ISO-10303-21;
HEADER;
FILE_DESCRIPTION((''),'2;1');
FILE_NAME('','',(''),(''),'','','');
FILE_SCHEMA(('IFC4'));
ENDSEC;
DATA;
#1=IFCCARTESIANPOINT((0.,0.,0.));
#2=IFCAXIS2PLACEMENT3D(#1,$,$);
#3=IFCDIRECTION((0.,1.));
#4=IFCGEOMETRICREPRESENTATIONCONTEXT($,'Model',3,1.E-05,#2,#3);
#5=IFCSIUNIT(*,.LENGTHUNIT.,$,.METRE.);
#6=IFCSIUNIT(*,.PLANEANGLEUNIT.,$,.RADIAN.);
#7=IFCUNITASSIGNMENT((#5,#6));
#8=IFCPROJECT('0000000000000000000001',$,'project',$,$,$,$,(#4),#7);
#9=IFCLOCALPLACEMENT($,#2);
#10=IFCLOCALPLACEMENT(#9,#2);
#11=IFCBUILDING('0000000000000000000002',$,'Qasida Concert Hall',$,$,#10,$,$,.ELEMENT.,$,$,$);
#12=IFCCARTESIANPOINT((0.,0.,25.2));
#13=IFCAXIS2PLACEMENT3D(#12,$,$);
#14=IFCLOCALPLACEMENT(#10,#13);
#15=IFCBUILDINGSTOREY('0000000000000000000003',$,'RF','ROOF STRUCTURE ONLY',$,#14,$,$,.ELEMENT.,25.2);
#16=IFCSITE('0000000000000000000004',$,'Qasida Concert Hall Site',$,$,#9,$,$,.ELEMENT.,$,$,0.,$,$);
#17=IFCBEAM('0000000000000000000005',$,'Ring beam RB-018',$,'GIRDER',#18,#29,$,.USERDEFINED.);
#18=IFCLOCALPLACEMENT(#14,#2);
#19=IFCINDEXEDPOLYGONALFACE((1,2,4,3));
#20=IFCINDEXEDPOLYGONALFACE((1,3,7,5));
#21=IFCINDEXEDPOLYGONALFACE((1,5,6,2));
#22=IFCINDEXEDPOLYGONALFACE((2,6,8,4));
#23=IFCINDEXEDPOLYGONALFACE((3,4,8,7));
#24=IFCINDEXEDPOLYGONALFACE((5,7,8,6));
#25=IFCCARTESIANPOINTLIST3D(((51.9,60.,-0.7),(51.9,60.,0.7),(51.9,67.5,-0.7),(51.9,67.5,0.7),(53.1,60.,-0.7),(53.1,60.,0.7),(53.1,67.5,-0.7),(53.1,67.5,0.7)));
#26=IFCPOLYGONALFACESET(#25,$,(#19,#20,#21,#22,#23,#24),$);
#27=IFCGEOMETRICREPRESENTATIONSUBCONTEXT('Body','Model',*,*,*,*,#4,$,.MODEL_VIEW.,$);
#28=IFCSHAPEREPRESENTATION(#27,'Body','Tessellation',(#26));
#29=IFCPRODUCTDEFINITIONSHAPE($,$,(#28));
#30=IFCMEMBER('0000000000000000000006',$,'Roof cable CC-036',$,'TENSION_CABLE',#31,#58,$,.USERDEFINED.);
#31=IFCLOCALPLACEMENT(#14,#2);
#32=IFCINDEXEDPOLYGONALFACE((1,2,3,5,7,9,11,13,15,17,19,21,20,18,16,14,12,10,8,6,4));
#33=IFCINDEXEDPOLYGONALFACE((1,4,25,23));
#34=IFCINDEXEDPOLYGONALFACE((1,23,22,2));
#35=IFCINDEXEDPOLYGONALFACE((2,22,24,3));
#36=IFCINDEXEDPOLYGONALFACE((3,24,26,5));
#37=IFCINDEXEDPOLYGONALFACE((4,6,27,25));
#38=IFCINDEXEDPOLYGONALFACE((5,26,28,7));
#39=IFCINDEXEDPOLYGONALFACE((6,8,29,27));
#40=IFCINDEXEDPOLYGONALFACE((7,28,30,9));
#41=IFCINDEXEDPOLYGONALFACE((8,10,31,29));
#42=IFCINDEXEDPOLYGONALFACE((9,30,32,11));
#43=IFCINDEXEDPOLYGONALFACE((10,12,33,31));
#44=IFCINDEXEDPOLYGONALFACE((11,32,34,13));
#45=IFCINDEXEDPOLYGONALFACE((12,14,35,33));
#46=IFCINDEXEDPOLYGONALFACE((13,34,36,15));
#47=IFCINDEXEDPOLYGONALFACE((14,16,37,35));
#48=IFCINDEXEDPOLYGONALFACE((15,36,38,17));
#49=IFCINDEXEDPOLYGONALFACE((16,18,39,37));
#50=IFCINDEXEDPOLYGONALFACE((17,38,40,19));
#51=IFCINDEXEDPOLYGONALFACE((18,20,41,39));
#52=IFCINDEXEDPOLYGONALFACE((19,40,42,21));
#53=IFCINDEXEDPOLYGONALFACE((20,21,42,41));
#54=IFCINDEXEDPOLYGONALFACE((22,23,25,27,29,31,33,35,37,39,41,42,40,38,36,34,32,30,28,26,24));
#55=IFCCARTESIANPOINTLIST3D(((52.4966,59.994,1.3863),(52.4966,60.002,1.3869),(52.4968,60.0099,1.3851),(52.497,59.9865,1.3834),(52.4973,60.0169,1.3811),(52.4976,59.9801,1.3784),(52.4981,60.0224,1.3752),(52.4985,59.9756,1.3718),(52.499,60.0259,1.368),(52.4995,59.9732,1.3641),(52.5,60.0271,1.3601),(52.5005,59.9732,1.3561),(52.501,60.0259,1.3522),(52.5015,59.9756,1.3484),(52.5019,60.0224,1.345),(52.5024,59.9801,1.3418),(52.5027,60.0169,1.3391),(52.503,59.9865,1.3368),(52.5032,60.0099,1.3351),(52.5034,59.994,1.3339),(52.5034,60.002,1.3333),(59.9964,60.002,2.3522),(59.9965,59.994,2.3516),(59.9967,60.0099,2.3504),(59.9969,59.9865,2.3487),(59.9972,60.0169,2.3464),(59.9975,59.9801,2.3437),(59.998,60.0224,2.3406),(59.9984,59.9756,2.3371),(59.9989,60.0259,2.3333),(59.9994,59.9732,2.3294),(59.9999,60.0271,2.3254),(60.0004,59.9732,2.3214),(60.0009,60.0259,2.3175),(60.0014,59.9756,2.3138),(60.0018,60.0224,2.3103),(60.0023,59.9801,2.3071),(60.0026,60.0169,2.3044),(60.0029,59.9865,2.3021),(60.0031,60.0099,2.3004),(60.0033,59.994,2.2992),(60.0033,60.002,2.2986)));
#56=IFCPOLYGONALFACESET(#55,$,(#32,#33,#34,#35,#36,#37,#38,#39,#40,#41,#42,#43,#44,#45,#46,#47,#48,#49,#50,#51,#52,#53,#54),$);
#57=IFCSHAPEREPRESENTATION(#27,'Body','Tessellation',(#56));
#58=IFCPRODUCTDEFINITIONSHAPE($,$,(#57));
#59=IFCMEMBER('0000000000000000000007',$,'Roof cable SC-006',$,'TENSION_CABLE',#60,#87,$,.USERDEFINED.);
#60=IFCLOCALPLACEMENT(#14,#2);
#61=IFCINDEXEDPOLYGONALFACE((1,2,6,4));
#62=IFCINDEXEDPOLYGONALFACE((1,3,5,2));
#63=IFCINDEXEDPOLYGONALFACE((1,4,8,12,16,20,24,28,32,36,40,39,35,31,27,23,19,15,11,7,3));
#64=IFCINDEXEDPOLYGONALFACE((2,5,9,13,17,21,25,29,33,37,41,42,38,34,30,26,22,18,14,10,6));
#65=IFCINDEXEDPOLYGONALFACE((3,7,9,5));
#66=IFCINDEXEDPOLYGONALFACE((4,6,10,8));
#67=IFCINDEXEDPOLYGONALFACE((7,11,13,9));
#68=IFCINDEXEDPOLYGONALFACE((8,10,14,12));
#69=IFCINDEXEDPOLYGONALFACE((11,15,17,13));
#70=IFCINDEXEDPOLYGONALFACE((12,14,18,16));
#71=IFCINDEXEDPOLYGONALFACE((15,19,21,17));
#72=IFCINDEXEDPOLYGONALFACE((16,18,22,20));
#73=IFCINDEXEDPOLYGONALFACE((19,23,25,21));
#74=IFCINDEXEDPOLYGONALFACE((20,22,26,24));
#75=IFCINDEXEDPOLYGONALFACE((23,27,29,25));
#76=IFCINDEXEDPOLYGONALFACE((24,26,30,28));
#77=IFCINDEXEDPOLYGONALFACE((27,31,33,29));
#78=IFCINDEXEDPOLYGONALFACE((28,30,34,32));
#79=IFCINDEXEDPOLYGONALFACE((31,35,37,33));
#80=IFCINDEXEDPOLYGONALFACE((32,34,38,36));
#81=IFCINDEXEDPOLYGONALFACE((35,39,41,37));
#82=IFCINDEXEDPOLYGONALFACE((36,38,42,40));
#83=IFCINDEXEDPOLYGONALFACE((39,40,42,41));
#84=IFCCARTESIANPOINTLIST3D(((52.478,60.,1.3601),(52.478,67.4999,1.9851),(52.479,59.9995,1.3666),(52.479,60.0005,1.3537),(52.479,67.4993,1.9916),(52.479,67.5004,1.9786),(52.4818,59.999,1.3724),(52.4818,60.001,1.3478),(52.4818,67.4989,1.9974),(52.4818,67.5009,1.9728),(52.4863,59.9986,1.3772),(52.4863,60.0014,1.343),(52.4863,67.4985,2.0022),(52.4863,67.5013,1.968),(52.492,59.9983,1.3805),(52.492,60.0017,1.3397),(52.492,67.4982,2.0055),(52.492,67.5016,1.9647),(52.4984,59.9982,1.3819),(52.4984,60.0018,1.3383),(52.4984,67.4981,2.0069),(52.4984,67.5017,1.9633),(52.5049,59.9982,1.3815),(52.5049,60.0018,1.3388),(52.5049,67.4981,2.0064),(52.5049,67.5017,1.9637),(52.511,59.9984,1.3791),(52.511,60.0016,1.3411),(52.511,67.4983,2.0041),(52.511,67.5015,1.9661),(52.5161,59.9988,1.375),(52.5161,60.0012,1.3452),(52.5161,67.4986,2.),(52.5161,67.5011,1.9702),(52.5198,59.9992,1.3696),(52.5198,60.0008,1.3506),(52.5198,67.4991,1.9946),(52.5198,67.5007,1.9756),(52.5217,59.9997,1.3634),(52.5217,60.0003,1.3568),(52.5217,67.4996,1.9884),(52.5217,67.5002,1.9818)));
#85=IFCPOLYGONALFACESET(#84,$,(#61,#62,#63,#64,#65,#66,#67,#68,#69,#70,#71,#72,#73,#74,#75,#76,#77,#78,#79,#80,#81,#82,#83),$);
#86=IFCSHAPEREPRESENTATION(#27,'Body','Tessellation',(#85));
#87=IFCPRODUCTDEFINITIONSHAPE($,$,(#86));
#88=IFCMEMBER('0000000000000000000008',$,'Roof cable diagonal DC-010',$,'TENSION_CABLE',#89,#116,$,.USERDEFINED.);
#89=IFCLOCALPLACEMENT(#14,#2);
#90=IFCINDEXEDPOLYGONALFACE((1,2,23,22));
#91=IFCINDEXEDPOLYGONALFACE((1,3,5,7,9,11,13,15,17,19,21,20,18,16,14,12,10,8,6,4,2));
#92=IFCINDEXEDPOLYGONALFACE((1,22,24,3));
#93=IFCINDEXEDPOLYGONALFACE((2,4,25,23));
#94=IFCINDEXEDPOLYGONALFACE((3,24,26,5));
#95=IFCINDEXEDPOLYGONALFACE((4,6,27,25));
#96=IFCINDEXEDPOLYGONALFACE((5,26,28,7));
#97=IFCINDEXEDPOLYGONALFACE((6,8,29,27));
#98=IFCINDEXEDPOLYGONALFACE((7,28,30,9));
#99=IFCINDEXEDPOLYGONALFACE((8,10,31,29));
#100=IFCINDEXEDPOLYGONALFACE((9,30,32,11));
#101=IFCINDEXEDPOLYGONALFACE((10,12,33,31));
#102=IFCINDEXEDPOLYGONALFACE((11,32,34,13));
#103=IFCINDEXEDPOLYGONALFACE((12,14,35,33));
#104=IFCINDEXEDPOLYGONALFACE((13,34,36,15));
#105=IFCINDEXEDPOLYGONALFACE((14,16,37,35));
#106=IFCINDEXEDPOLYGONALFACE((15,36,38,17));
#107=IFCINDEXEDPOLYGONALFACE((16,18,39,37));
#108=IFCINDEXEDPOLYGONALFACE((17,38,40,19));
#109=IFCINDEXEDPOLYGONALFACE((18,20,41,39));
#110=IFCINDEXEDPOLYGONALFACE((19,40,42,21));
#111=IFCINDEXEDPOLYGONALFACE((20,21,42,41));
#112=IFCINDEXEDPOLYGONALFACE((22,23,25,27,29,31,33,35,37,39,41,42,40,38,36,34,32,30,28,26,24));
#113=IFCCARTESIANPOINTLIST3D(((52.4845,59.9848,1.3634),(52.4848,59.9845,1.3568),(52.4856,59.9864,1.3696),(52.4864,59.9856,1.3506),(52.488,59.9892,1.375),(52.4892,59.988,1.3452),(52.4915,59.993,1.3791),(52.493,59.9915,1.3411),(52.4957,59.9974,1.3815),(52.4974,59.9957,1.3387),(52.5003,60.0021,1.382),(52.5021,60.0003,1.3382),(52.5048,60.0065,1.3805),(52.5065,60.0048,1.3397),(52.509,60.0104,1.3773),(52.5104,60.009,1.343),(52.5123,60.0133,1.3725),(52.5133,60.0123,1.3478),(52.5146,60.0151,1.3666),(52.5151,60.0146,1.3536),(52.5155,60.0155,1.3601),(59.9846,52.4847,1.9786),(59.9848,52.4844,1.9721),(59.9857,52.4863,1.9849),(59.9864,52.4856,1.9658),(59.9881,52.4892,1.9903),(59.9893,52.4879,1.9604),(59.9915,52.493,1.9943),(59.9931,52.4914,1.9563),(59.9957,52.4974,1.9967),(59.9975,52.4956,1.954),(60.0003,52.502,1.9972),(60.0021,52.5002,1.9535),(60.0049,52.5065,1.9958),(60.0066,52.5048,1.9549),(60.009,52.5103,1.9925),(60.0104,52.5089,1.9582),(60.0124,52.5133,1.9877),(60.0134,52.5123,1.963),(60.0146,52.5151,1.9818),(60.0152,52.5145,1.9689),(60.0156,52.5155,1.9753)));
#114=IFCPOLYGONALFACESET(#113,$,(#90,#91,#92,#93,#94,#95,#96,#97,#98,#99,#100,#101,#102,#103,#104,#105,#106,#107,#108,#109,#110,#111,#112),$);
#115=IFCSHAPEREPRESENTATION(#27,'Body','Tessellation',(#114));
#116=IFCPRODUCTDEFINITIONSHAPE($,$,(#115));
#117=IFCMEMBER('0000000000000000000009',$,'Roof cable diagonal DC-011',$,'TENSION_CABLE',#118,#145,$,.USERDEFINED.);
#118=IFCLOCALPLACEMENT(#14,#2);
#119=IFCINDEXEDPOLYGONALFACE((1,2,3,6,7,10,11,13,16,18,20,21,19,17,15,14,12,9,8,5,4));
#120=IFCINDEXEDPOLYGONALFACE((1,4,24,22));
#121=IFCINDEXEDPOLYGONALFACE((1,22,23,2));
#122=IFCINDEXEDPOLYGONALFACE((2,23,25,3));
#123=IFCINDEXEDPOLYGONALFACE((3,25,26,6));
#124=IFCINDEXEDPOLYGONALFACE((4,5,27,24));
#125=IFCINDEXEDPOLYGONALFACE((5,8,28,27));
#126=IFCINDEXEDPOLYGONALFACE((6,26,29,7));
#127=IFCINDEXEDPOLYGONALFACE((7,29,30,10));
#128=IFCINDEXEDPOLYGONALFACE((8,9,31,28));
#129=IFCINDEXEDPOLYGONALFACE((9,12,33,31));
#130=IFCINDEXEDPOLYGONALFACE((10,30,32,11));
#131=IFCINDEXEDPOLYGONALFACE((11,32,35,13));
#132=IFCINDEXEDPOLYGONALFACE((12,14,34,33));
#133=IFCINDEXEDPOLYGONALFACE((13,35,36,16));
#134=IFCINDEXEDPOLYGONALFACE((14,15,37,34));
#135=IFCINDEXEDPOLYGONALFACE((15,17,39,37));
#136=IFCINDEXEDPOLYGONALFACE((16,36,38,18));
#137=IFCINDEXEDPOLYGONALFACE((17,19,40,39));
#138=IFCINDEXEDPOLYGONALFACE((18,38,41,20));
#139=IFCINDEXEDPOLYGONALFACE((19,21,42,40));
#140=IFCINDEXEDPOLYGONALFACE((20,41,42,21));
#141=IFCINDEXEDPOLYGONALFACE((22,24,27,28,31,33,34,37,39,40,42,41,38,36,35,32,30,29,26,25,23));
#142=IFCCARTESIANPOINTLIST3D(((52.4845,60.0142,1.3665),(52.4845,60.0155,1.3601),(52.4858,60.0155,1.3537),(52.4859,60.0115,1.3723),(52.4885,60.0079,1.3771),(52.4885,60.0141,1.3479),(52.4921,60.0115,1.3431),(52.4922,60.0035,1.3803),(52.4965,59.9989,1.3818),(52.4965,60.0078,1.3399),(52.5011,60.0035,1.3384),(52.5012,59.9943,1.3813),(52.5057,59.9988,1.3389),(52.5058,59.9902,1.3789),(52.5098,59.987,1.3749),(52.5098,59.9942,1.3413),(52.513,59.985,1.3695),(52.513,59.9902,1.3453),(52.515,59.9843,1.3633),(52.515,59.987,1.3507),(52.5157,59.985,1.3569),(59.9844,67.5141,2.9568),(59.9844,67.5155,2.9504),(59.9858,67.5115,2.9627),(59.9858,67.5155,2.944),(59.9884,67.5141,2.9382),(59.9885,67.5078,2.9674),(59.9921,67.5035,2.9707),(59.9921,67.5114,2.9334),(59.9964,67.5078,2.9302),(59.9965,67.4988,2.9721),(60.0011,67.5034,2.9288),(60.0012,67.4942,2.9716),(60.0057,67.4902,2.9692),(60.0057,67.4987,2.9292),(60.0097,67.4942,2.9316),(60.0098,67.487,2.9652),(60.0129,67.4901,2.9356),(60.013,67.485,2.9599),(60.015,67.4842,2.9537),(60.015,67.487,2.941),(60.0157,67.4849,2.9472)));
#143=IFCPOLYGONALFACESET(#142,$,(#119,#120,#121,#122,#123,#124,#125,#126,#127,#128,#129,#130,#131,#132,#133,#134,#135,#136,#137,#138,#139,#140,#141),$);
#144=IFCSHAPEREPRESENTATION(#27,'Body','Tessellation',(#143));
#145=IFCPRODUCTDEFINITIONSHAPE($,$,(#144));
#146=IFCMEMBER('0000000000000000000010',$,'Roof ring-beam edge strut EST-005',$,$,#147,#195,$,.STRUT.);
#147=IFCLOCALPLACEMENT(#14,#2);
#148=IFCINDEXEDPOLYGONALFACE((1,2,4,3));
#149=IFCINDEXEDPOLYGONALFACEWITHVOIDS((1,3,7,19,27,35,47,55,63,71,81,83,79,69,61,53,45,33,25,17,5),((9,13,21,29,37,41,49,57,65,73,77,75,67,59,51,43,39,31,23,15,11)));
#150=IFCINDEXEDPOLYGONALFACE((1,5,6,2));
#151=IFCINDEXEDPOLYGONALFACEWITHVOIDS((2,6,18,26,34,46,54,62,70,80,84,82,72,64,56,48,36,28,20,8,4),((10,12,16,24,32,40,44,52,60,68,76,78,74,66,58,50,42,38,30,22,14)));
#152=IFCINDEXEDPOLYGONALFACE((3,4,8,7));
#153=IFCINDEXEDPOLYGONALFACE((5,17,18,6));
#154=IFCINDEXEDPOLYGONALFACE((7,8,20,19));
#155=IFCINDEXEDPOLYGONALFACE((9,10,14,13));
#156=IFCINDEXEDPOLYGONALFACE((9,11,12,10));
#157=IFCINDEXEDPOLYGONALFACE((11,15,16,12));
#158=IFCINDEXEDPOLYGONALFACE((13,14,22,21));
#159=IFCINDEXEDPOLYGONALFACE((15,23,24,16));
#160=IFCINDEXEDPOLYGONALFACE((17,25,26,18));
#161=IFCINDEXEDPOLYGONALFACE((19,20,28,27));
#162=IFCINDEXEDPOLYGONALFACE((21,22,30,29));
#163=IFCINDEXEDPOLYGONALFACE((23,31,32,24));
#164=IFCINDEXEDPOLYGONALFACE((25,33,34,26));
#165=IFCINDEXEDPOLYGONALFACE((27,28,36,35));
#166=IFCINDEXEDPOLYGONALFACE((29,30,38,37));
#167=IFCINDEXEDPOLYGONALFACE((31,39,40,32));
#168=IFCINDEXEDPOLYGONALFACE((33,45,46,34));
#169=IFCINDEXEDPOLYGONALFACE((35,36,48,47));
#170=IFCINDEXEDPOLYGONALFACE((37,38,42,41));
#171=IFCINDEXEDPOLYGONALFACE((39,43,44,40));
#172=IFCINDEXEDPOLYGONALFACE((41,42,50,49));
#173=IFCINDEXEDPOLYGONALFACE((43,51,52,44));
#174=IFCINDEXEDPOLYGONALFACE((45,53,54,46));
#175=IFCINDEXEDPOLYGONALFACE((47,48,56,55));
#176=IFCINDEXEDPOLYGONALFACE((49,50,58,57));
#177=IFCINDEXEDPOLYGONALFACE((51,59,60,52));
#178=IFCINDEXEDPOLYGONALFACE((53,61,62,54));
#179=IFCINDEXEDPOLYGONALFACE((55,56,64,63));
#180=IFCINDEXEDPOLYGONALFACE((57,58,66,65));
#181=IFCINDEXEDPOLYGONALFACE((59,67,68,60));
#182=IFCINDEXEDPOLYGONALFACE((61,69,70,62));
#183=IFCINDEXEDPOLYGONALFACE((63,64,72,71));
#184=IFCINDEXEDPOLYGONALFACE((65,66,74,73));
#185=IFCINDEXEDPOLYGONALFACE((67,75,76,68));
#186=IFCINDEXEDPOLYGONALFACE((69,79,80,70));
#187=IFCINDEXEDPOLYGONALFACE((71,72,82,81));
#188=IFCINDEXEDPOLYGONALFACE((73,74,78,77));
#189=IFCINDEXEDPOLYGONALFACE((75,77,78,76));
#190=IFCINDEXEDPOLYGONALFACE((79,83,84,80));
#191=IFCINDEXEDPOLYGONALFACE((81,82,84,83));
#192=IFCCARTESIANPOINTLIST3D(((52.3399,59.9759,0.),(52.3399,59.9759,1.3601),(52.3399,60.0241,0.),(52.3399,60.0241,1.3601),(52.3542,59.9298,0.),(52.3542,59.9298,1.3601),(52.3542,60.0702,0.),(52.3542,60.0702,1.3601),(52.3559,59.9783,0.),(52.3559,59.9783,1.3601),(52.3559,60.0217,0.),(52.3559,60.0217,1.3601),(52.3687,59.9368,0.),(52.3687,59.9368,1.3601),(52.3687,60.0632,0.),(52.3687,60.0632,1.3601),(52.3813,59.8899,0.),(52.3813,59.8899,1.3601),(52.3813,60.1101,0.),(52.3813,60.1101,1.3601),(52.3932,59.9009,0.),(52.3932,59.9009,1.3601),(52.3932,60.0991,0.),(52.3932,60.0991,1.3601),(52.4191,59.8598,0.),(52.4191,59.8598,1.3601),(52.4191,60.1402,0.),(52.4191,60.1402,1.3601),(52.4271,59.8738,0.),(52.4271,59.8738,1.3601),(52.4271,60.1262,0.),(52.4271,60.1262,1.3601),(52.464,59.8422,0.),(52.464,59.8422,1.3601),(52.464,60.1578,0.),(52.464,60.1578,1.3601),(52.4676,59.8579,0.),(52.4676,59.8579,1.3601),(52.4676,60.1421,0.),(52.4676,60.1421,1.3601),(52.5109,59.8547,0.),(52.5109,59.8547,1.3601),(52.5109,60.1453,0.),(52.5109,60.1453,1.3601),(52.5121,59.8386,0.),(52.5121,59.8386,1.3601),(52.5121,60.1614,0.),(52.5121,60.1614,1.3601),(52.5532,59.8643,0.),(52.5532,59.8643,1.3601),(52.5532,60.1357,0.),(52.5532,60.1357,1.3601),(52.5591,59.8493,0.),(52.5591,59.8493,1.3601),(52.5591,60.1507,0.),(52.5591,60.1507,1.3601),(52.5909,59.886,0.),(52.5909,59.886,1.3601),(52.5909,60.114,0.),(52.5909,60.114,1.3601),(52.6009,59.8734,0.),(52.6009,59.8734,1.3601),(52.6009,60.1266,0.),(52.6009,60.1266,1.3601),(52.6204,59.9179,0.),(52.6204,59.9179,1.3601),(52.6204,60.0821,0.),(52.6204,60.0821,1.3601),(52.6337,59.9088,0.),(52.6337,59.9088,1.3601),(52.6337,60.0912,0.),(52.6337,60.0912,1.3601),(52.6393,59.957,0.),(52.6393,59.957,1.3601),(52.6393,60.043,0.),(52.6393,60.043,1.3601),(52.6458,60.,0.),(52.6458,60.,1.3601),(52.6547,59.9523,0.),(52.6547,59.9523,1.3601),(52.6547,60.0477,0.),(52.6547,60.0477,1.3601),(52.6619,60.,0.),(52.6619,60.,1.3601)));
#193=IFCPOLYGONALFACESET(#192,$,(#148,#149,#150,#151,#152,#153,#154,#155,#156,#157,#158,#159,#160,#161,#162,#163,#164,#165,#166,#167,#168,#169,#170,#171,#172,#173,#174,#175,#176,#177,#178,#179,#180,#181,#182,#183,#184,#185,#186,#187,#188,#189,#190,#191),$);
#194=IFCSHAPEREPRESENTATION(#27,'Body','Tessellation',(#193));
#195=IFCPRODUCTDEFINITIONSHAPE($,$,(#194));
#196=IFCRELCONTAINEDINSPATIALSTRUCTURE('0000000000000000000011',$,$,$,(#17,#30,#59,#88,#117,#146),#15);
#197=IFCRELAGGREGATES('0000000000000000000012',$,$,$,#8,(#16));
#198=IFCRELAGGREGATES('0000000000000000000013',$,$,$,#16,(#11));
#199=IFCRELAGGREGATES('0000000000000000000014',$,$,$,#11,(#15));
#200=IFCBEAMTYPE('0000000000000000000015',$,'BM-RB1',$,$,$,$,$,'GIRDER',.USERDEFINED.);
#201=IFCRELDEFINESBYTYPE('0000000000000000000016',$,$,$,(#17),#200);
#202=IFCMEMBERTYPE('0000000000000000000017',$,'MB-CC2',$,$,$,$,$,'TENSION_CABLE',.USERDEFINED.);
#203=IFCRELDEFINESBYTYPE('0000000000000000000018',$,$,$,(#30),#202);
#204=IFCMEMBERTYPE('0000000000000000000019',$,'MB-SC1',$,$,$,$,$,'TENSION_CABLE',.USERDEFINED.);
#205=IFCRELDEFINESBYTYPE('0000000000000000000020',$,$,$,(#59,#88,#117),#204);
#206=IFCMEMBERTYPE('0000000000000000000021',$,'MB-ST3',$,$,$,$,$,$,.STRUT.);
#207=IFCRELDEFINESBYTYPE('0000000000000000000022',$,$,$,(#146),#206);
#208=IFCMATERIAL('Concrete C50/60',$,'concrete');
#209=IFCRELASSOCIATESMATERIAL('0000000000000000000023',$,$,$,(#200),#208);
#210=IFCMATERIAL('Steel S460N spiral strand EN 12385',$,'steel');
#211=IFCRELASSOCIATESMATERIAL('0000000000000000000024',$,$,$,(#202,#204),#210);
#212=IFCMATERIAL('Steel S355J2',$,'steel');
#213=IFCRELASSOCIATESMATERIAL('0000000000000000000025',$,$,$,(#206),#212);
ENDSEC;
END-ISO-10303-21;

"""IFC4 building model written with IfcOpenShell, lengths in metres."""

from ifc_helpers import new_model, si_unit, direction, frame, origin, origin_2d, place, context, subcontext, project, spatial, rectangle, circle, hollow_circle, extrude, material, material_profile, profile_set, type_object, element, save


model = new_model("IFC4")

# Units and contexts
model_context = context("Model", 3, precision=1e-05, world=origin(), true_north=direction((0.0, 1.0)))
body_context = subcontext(model_context, "Body", "Model", "MODEL_VIEW")
ifc_project = project(units=[si_unit("LENGTHUNIT", "METRE"), si_unit("PLANEANGLEUNIT", "RADIAN")], contexts=[model_context])

# Site, building, storey
site_placement = place(None, origin())
site = spatial("IfcSite", under=ifc_project, at=site_placement, Name="Qasida Concert Hall Site", CompositionType="ELEMENT", RefElevation=0.0)
building_placement = place(site_placement, origin())
building = spatial("IfcBuilding", under=site, at=building_placement, Name="Qasida Concert Hall", CompositionType="ELEMENT")
storey_placement = place(building_placement, frame((0.0, 0.0, 25.2)))
storey = spatial("IfcBuildingStorey", under=building, at=storey_placement, Name="RF", Description="ROOF STRUCTURE ONLY", CompositionType="ELEMENT", Elevation=25.2)

# Beam
ifc_material_1 = material(Name="Concrete C50/60", Category="concrete")
ifc_material_profile_1 = material_profile(ifc_material_1, rectangle(XDim=1.2, YDim=1.3999, at=origin_2d()), Name="RC 1200x1400")
ifc_profile_set_1 = profile_set([ifc_material_profile_1], Name="Concrete C50/60")
beam_type = type_object("IfcBeamType", Name="BM-RB1", ElementType="GIRDER", PredefinedType="USERDEFINED", material=ifc_profile_set_1)
beam_placement = place(storey_placement, frame((52.5, 60.0, 0.0), z_axis=(0.0, 1.0, 0.0), x_axis=(-1.0, 0.0, 0.0)))
element("IfcBeam", 1, at=beam_placement, inside=storey, type_object=beam_type, Name="Ring beam RB-018", ObjectType="GIRDER", PredefinedType="USERDEFINED", context=body_context, shape_type="SweptSolid", body=[
    extrude(rectangle(XDim=1.2, YDim=1.3999, at=origin_2d()), origin(), (0.0, 0.0, 1.0), 7.5),
])

# Members
ifc_material_2 = material(Name="Steel S460N spiral strand EN 12385", Category="steel")
ifc_material_profile_2 = material_profile(ifc_material_2, circle(Radius=0.0271, at=origin_2d()), Name="STRAND D54")
ifc_profile_set_2 = profile_set([ifc_material_profile_2], Name="Steel S460N spiral strand EN 12385")
member_type_1 = type_object("IfcMemberType", Name="MB-CC2", ElementType="TENSION_CABLE", PredefinedType="USERDEFINED", material=ifc_profile_set_2)
member_1_placement = place(storey_placement, frame((52.5, 60.0, 1.3601), z_axis=(0.991818, 0.0, 0.127658), x_axis=(0.0, 1.0, 0.0)))
element("IfcMember", 2, at=member_1_placement, inside=storey, type_object=member_type_1, Name="Roof cable CC-036", ObjectType="TENSION_CABLE", PredefinedType="USERDEFINED", context=body_context, shape_type="SweptSolid", body=[
    extrude(circle(Radius=0.0271, at=origin_2d()), origin(), (0.0, 0.0, 1.0), 7.5618),
])
ifc_material_profile_3 = material_profile(ifc_material_2, circle(Radius=0.022, at=origin_2d()), Name="STRAND D44")
ifc_profile_set_3 = profile_set([ifc_material_profile_3], Name="Steel S460N spiral strand EN 12385")
member_type_2 = type_object("IfcMemberType", Name="MB-SC1", ElementType="TENSION_CABLE", PredefinedType="USERDEFINED", material=ifc_profile_set_3)
member_2_placement = place(storey_placement, frame((52.5, 60.0, 1.3601), z_axis=(0.0, 0.996546, 0.083045), x_axis=(-1.0, 0.0, 0.0)))
element("IfcMember", 3, at=member_2_placement, inside=storey, type_object=member_type_2, Name="Roof cable SC-006", ObjectType="TENSION_CABLE", PredefinedType="USERDEFINED", context=body_context, shape_type="SweptSolid", body=[
    extrude(circle(Radius=0.022, at=origin_2d()), origin(), (0.0, 0.0, 1.0), 7.5259),
])
member_3_placement = place(storey_placement, frame((52.5, 60.0, 1.3601), z_axis=(0.70592, -0.70592, 0.057908), x_axis=(0.707107, 0.707107, 0.0)))
element("IfcMember", 4, at=member_3_placement, inside=storey, type_object=member_type_2, Name="Roof cable diagonal DC-010", ObjectType="TENSION_CABLE", PredefinedType="USERDEFINED", context=body_context, shape_type="SweptSolid", body=[
    extrude(circle(Radius=0.022, at=origin_2d()), origin(), (0.0, 0.0, 1.0), 10.6245),
])
member_4_placement = place(storey_placement, frame((52.5, 60.0, 1.3601), z_axis=(0.69929, 0.69929, 0.14828), x_axis=(-0.707107, 0.707107, 0.0)))
element("IfcMember", 5, at=member_4_placement, inside=storey, type_object=member_type_2, Name="Roof cable diagonal DC-011", ObjectType="TENSION_CABLE", PredefinedType="USERDEFINED", context=body_context, shape_type="SweptSolid", body=[
    extrude(circle(Radius=0.022, at=origin_2d()), origin(), (0.0, 0.0, 1.0), 10.7251),
])
ifc_material_3 = material(Name="Steel S355J2", Category="steel")
ifc_material_profile_4 = material_profile(ifc_material_3, hollow_circle(Radius=0.1619, WallThickness=0.0161, at=origin_2d()), Name="CHS 323.9x16")
ifc_profile_set_4 = profile_set([ifc_material_profile_4], Name="Steel S355J2")
member_type_3 = type_object("IfcMemberType", Name="MB-ST3", PredefinedType="STRUT", material=ifc_profile_set_4)
member_5_placement = place(storey_placement, frame((52.5, 60.0, 0.0), z_axis=(0.0, 0.0, 1.0), x_axis=(1.0, 0.0, 0.0)))
element("IfcMember", 6, at=member_5_placement, inside=storey, type_object=member_type_3, Name="Roof ring-beam edge strut EST-005", PredefinedType="STRUT", context=body_context, shape_type="SweptSolid", body=[
    extrude(hollow_circle(Radius=0.1619, WallThickness=0.0161, at=origin_2d()), origin(), (0.0, 0.0, 1.0), 1.3601),
])

save(model, "model.ifc")
